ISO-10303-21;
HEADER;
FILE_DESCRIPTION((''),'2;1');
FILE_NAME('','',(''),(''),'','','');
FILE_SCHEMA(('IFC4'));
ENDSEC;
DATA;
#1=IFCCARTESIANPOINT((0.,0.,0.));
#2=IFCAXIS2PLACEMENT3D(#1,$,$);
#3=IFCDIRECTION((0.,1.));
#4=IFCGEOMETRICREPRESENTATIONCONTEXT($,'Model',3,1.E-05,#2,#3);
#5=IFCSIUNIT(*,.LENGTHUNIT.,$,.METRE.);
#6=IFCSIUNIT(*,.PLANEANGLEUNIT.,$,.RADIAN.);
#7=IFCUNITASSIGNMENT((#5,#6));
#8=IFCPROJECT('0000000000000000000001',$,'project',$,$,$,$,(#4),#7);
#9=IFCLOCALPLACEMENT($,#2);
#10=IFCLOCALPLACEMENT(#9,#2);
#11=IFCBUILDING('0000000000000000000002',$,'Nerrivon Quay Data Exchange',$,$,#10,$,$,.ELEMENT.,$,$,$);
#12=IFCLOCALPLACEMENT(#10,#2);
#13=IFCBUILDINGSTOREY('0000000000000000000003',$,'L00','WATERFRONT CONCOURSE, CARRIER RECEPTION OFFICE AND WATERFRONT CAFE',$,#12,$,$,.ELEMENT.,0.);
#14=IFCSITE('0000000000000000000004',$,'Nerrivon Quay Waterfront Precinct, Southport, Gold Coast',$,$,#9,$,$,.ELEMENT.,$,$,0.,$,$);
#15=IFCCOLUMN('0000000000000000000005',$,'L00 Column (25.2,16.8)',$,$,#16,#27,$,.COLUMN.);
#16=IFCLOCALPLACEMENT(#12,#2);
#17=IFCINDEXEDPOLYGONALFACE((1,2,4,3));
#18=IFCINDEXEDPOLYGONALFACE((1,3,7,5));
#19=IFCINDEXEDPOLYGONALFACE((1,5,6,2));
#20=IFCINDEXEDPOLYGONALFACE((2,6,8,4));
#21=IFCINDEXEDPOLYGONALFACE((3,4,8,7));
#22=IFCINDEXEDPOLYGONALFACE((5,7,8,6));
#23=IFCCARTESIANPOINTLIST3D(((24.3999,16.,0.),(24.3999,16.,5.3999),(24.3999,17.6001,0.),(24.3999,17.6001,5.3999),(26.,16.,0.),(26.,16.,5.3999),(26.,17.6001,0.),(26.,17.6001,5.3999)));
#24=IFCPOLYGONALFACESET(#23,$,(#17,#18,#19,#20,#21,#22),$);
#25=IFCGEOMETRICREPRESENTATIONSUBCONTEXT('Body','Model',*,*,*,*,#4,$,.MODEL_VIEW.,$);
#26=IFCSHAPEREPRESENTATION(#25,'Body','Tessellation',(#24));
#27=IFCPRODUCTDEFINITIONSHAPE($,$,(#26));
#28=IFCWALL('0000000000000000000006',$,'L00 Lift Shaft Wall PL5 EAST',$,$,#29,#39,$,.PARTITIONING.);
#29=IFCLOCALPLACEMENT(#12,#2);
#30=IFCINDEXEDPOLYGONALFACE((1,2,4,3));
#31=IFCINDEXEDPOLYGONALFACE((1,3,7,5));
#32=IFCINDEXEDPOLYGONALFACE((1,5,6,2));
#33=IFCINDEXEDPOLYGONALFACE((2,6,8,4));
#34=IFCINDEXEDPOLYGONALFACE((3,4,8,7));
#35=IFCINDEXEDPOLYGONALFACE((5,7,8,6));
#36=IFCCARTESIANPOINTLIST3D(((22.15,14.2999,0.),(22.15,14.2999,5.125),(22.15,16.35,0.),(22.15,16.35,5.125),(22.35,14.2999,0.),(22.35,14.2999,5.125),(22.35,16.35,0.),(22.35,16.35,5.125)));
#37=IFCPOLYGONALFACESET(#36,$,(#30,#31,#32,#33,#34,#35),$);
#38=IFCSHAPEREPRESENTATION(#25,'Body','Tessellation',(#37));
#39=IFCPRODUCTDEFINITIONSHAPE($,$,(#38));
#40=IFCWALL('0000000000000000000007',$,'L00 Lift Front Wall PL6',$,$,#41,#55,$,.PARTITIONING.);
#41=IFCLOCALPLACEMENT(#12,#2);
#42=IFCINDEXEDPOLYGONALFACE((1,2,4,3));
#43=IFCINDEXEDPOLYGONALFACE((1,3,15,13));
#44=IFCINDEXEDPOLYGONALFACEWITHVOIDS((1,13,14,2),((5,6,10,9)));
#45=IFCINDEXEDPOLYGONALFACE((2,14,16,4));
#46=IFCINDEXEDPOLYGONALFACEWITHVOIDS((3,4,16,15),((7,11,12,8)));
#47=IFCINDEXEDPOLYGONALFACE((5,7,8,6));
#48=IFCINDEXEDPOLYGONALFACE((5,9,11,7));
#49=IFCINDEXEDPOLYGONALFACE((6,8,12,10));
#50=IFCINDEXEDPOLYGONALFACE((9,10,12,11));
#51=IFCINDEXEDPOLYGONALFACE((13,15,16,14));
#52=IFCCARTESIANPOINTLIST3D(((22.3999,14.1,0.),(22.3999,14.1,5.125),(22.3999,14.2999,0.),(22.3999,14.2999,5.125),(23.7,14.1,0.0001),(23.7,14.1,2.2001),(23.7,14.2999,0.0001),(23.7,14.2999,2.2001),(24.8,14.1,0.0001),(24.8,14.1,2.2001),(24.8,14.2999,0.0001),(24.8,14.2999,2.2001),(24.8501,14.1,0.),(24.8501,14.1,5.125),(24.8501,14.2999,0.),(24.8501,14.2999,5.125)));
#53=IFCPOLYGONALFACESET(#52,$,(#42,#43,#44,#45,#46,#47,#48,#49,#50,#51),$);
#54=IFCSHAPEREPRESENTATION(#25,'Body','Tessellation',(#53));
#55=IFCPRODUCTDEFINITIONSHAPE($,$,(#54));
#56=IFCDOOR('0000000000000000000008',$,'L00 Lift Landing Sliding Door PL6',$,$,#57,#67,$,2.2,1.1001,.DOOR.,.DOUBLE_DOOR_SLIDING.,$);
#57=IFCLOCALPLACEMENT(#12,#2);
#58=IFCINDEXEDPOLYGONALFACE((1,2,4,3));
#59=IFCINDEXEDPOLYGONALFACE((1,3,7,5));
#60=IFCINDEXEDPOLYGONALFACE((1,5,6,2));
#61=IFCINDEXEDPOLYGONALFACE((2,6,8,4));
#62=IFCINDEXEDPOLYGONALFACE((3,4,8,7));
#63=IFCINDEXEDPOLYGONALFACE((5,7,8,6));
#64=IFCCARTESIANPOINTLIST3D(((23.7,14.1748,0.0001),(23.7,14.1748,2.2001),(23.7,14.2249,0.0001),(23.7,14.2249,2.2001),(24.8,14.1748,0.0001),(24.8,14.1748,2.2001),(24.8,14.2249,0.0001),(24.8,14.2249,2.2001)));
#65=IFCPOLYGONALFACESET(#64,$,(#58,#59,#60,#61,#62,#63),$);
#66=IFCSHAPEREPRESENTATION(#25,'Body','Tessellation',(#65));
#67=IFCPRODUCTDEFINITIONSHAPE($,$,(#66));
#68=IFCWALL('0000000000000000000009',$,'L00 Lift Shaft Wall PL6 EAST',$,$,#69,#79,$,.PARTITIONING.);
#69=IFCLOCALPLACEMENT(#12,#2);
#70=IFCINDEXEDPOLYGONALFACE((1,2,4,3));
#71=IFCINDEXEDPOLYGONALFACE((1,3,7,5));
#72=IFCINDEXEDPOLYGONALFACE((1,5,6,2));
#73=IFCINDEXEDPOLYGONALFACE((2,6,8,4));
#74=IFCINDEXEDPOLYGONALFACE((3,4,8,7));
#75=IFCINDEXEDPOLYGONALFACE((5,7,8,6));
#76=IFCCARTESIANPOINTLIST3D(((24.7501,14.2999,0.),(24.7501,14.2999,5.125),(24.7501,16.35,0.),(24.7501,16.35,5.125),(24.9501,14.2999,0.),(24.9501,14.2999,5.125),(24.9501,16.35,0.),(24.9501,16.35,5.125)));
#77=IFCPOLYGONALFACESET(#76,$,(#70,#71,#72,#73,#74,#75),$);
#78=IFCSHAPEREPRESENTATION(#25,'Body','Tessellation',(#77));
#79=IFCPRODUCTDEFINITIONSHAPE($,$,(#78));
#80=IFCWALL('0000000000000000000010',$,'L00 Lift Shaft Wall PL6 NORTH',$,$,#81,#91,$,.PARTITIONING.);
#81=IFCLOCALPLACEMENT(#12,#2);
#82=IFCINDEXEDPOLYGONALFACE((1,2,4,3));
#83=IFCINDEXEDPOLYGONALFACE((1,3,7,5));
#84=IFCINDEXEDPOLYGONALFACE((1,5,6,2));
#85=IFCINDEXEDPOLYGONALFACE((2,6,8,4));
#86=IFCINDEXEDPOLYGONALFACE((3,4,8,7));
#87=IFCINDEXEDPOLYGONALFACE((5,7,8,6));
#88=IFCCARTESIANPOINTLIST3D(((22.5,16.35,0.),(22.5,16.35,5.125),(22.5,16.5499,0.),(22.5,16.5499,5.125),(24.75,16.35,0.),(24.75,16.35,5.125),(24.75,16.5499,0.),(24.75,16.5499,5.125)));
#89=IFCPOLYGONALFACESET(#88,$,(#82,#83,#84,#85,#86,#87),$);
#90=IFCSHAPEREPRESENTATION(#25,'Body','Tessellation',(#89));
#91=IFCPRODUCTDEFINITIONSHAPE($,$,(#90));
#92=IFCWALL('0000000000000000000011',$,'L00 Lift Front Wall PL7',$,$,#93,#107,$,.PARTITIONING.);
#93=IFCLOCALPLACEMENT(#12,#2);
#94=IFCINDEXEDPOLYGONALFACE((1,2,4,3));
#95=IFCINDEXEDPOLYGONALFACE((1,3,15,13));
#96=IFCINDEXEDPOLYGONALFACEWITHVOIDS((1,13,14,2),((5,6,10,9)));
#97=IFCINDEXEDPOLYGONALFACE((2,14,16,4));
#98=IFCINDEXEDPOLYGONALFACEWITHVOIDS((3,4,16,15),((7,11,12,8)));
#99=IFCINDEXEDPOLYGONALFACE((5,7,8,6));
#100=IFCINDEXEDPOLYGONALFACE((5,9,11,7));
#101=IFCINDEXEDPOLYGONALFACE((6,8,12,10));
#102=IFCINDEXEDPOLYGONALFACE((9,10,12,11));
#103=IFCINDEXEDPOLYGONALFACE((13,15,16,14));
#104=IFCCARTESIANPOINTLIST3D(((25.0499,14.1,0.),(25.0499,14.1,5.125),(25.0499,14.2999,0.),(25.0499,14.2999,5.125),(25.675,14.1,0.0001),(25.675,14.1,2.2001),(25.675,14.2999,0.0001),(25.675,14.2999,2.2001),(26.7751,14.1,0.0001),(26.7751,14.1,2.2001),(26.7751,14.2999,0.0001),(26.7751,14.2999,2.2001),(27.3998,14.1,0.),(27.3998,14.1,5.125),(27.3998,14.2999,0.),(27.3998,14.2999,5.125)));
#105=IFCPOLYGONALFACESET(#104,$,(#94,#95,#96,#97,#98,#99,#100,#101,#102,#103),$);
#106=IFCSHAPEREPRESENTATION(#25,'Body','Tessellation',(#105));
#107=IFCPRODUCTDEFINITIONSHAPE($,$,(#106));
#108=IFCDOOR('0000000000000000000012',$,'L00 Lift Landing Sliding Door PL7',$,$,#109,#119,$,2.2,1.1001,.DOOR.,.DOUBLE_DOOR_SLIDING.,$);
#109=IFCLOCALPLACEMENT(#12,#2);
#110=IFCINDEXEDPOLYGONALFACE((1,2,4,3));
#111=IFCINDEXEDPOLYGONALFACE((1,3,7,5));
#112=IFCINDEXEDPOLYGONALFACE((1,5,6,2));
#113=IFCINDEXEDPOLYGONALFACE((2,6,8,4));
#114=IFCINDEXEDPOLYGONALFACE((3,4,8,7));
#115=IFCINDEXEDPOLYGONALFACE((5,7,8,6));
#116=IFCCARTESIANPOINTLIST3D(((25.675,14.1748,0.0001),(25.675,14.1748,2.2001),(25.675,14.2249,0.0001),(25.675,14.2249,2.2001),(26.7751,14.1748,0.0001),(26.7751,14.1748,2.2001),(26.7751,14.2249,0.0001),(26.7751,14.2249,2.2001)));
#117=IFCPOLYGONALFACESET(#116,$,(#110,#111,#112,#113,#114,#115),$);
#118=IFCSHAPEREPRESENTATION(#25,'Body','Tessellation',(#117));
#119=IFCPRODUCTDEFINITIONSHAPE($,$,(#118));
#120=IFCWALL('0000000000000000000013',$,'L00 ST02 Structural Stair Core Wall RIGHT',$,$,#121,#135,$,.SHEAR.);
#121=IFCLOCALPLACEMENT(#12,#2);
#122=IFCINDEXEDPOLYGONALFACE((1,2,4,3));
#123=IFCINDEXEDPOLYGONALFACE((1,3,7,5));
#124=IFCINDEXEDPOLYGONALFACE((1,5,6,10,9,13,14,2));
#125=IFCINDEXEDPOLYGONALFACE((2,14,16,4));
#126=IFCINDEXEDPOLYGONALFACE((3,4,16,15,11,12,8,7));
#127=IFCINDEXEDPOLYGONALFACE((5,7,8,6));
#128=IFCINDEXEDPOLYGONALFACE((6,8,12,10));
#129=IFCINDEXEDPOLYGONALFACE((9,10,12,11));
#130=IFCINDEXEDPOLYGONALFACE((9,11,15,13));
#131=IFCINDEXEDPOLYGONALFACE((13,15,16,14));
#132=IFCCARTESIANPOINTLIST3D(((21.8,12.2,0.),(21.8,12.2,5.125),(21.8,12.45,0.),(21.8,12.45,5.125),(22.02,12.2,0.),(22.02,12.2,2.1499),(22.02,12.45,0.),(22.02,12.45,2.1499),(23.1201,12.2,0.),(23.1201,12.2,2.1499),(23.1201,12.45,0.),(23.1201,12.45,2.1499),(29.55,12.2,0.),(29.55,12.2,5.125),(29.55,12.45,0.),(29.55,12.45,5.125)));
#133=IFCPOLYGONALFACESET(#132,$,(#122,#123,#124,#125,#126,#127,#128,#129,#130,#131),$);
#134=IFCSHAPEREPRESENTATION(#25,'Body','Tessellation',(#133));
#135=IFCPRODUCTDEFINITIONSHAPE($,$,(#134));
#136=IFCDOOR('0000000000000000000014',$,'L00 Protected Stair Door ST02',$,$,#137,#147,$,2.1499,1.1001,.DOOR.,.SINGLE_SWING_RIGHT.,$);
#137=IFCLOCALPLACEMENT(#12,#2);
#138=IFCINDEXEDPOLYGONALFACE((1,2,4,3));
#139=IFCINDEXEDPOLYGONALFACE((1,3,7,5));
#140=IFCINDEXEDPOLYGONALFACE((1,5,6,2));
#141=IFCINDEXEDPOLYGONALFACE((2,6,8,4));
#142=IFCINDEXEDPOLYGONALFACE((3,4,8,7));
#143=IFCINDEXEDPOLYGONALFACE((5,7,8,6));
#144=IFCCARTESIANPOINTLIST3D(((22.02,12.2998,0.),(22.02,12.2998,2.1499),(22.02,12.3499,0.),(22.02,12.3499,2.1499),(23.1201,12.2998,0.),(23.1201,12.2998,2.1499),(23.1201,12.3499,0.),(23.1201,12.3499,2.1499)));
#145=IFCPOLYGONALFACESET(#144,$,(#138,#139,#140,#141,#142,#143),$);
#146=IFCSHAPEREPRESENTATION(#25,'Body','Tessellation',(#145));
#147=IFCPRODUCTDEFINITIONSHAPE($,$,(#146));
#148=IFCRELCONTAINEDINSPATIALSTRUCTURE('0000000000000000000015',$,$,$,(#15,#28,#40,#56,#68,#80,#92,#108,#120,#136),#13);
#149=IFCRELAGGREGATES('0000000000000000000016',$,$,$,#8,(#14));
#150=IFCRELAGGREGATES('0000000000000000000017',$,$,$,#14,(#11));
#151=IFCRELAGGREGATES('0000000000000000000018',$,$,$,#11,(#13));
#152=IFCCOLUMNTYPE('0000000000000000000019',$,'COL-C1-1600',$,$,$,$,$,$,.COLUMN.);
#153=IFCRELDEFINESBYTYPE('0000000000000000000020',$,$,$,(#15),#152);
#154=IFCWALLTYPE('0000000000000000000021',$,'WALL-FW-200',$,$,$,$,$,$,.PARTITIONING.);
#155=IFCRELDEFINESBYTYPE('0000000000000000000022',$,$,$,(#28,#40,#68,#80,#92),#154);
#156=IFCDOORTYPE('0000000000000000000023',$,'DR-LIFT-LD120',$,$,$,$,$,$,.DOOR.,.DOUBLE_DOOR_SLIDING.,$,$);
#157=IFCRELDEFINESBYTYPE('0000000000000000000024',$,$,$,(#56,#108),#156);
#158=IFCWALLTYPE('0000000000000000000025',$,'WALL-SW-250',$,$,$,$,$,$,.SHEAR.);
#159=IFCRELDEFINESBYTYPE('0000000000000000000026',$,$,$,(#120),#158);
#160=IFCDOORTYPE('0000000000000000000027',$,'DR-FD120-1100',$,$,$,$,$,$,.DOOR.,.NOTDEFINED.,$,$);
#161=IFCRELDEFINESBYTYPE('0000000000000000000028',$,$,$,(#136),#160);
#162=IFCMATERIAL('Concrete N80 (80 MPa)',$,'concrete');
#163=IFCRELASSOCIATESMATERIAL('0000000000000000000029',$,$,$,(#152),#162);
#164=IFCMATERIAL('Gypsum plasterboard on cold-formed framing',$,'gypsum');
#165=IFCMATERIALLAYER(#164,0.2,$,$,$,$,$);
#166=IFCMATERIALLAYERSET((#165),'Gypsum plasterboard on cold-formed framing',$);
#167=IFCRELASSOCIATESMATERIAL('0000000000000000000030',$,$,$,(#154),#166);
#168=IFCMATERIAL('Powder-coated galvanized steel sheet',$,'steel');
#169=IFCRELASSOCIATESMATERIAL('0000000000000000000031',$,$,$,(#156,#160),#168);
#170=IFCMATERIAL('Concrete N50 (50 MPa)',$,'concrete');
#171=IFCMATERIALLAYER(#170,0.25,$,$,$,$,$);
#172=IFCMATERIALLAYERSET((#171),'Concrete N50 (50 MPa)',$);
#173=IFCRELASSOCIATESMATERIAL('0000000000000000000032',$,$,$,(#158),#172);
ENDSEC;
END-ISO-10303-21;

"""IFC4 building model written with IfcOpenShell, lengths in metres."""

from ifc_helpers import new_model, si_unit, direction, frame, frame_2d, origin, origin_2d, place, context, subcontext, project, spatial, rectangle, extrude, material, layer, layer_set, material_profile, profile_set, type_object, element, fill, save


model = new_model("IFC4")

# Units and contexts
model_context = context("Model", 3, precision=1e-05, world=origin(), true_north=direction((0.0, 1.0)))
body_context = subcontext(model_context, "Body", "Model", "MODEL_VIEW")
ifc_project = project(units=[si_unit("LENGTHUNIT", "METRE"), si_unit("PLANEANGLEUNIT", "RADIAN")], contexts=[model_context])

# Site, building, storey
site_placement = place(None, origin())
site = spatial("IfcSite", under=ifc_project, at=site_placement, Name="Nerrivon Quay Waterfront Precinct, Southport, Gold Coast", CompositionType="ELEMENT", RefElevation=0.0)
building_placement = place(site_placement, origin())
building = spatial("IfcBuilding", under=site, at=building_placement, Name="Nerrivon Quay Data Exchange", CompositionType="ELEMENT")
storey_placement = place(building_placement, origin())
storey = spatial("IfcBuildingStorey", under=building, at=storey_placement, Name="L00", Description="WATERFRONT CONCOURSE, CARRIER RECEPTION OFFICE AND WATERFRONT CAFE", CompositionType="ELEMENT", Elevation=0.0)

# Column
ifc_material_1 = material(Name="Concrete N80 (80 MPa)", Category="concrete")
ifc_material_profile = material_profile(ifc_material_1, rectangle(XDim=1.6001, YDim=1.6001, at=origin_2d()), Name="RC-COL-1600x1600")
ifc_profile_set = profile_set([ifc_material_profile], Name="Concrete N80 (80 MPa)")
column_type = type_object("IfcColumnType", Name="COL-C1-1600", PredefinedType="COLUMN", material=ifc_profile_set)
column_placement = place(storey_placement, frame((25.2, 16.8, 0.0), z_axis=(0.0, 0.0, 1.0), x_axis=(1.0, 0.0, 0.0)))
element("IfcColumn", 1, at=column_placement, inside=storey, type_object=column_type, Name="L00 Column (25.2,16.8)", PredefinedType="COLUMN", context=body_context, shape_type="SweptSolid", body=[
    extrude(rectangle(XDim=1.6001, YDim=1.6001, at=origin_2d()), origin(), (0.0, 0.0, 1.0), 5.3999),
])

# Shared definitions
ifc_material_2 = material(Name="Gypsum plasterboard on cold-formed framing", Category="gypsum")
ifc_layer_1 = layer(ifc_material_2, 0.2)
ifc_layer_set_1 = layer_set([ifc_layer_1], Name="Gypsum plasterboard on cold-formed framing")
wall_type_1 = type_object("IfcWallType", Name="WALL-FW-200", PredefinedType="PARTITIONING", material=ifc_layer_set_1)

# Wall
wall_1_placement = place(storey_placement, frame((22.25, 14.3, 0.0), z_axis=(0.0, 0.0, 1.0), x_axis=(0.0, 1.0, 0.0)))
element("IfcWall", 2, at=wall_1_placement, inside=storey, type_object=wall_type_1, Name="L00 Lift Shaft Wall PL5 EAST", PredefinedType="PARTITIONING", context=body_context, shape_type="SweptSolid", body=[
    extrude(rectangle(XDim=2.05, YDim=0.2, at=frame_2d((1.0249, 0.0))), origin(), (0.0, 0.0, 1.0), 5.125),
])

# Wall, opening, door
wall_2_placement = place(storey_placement, frame((22.3999, 14.2, 0.0), z_axis=(0.0, 0.0, 1.0), x_axis=(1.0, 0.0, 0.0)))
wall_2 = element("IfcWall", 3, at=wall_2_placement, inside=storey, type_object=wall_type_1, Name="L00 Lift Front Wall PL6", PredefinedType="PARTITIONING", context=body_context, shape_type="SweptSolid", body=[
    extrude(rectangle(XDim=2.4502, YDim=0.2, at=frame_2d((1.2251, 0.0))), origin(), (0.0, 0.0, 1.0), 5.125),
])
opening_1_placement = place(wall_2_placement, frame((1.3, 0.0, 0.0)))
opening_1 = element("IfcOpeningElement", 4, at=opening_1_placement, cuts=wall_2, PredefinedType="OPENING", context=body_context, shape_type="SweptSolid", body=[
    extrude(rectangle(XDim=1.1001, YDim=2.2, at=frame_2d((0.55, 1.1001))), frame((0.0, 0.1099, 0.0), z_axis=(0.0, -1.0, 0.0), x_axis=(1.0, 0.0, 0.0)), (0.0, 0.0, 1.0), 0.22),
])
ifc_material_3 = material(Name="Powder-coated galvanized steel sheet", Category="steel")
door_type_1 = type_object("IfcDoorType", Name="DR-LIFT-LD120", OperationType="DOUBLE_DOOR_SLIDING", PredefinedType="DOOR", material=ifc_material_3)
door_1_placement = place(opening_1_placement, origin())
door_1 = element("IfcDoor", 5, at=door_1_placement, inside=storey, type_object=door_type_1, Name="L00 Lift Landing Sliding Door PL6", OperationType="DOUBLE_DOOR_SLIDING", OverallHeight=2.2, OverallWidth=1.1001, PredefinedType="DOOR", context=body_context, shape_type="SweptSolid", body=[
    extrude(rectangle(XDim=1.1001, YDim=2.2, at=frame_2d((0.55, 1.1001))), frame((0.0, 0.0249, 0.0), z_axis=(0.0, -1.0, 0.0), x_axis=(1.0, 0.0, 0.0)), (0.0, 0.0, 1.0), 0.05),
])
fill(opening_1, door_1)

# Walls
wall_3_placement = place(storey_placement, frame((24.8501, 14.3, 0.0), z_axis=(0.0, 0.0, 1.0), x_axis=(0.0, 1.0, 0.0)))
element("IfcWall", 6, at=wall_3_placement, inside=storey, type_object=wall_type_1, Name="L00 Lift Shaft Wall PL6 EAST", PredefinedType="PARTITIONING", context=body_context, shape_type="SweptSolid", body=[
    extrude(rectangle(XDim=2.05, YDim=0.2, at=frame_2d((1.0249, 0.0))), origin(), (0.0, 0.0, 1.0), 5.125),
])
wall_4_placement = place(storey_placement, frame((22.5, 16.45, 0.0), z_axis=(0.0, 0.0, 1.0), x_axis=(1.0, 0.0, 0.0)))
element("IfcWall", 7, at=wall_4_placement, inside=storey, type_object=wall_type_1, Name="L00 Lift Shaft Wall PL6 NORTH", PredefinedType="PARTITIONING", context=body_context, shape_type="SweptSolid", body=[
    extrude(rectangle(XDim=2.25, YDim=0.2, at=frame_2d((1.125, 0.0))), origin(), (0.0, 0.0, 1.0), 5.125),
])

# Walls, openings, doors
wall_5_placement = place(storey_placement, frame((25.05, 14.2, 0.0), z_axis=(0.0, 0.0, 1.0), x_axis=(1.0, 0.0, 0.0)))
wall_5 = element("IfcWall", 8, at=wall_5_placement, inside=storey, type_object=wall_type_1, Name="L00 Lift Front Wall PL7", PredefinedType="PARTITIONING", context=body_context, shape_type="SweptSolid", body=[
    extrude(rectangle(XDim=2.3499, YDim=0.2, at=frame_2d((1.1748, 0.0))), origin(), (0.0, 0.0, 1.0), 5.125),
])
opening_2_placement = place(wall_5_placement, frame((0.625, 0.0, 0.0)))
opening_2 = element("IfcOpeningElement", 9, at=opening_2_placement, cuts=wall_5, PredefinedType="OPENING", context=body_context, shape_type="SweptSolid", body=[
    extrude(rectangle(XDim=1.1001, YDim=2.2, at=frame_2d((0.55, 1.1001))), frame((0.0, 0.1099, 0.0), z_axis=(0.0, -1.0, 0.0), x_axis=(1.0, 0.0, 0.0)), (0.0, 0.0, 1.0), 0.22),
])
door_2_placement = place(opening_2_placement, origin())
door_2 = element("IfcDoor", 10, at=door_2_placement, inside=storey, type_object=door_type_1, Name="L00 Lift Landing Sliding Door PL7", OperationType="DOUBLE_DOOR_SLIDING", OverallHeight=2.2, OverallWidth=1.1001, PredefinedType="DOOR", context=body_context, shape_type="SweptSolid", body=[
    extrude(rectangle(XDim=1.1001, YDim=2.2, at=frame_2d((0.55, 1.1001))), frame((0.0, 0.0249, 0.0), z_axis=(0.0, -1.0, 0.0), x_axis=(1.0, 0.0, 0.0)), (0.0, 0.0, 1.0), 0.05),
])
fill(opening_2, door_2)
ifc_material_4 = material(Name="Concrete N50 (50 MPa)", Category="concrete")
ifc_layer_2 = layer(ifc_material_4, 0.25)
ifc_layer_set_2 = layer_set([ifc_layer_2], Name="Concrete N50 (50 MPa)")
wall_type_2 = type_object("IfcWallType", Name="WALL-SW-250", PredefinedType="SHEAR", material=ifc_layer_set_2)
wall_6_placement = place(storey_placement, frame((21.8, 12.325, 0.0), z_axis=(0.0, 0.0, 1.0), x_axis=(1.0, 0.0, 0.0)))
wall_6 = element("IfcWall", 11, at=wall_6_placement, inside=storey, type_object=wall_type_2, Name="L00 ST02 Structural Stair Core Wall RIGHT", PredefinedType="SHEAR", context=body_context, shape_type="SweptSolid", body=[
    extrude(rectangle(XDim=7.75, YDim=0.25, at=frame_2d((3.875, 0.0))), origin(), (0.0, 0.0, 1.0), 5.125),
])
opening_3_placement = place(wall_6_placement, frame((0.22, 0.0, 0.0)))
opening_3 = element("IfcOpeningElement", 12, at=opening_3_placement, cuts=wall_6, PredefinedType="OPENING", context=body_context, shape_type="SweptSolid", body=[
    extrude(rectangle(XDim=1.1001, YDim=2.1499, at=frame_2d((0.55, 1.075))), frame((0.0, 0.135, 0.0), z_axis=(0.0, -1.0, 0.0), x_axis=(1.0, 0.0, 0.0)), (0.0, 0.0, 1.0), 0.27),
])
door_type_2 = type_object("IfcDoorType", Name="DR-FD120-1100", OperationType="NOTDEFINED", PredefinedType="DOOR", material=ifc_material_3)
door_3_placement = place(opening_3_placement, origin())
door_3 = element("IfcDoor", 13, at=door_3_placement, inside=storey, type_object=door_type_2, Name="L00 Protected Stair Door ST02", OperationType="SINGLE_SWING_RIGHT", OverallHeight=2.1499, OverallWidth=1.1001, PredefinedType="DOOR", context=body_context, shape_type="SweptSolid", body=[
    extrude(rectangle(XDim=1.1001, YDim=2.1499, at=frame_2d((0.55, 1.075))), frame((0.0, 0.0249, 0.0), z_axis=(0.0, -1.0, 0.0), x_axis=(1.0, 0.0, 0.0)), (0.0, 0.0, 1.0), 0.05),
])
fill(opening_3, door_3)

save(model, "model.ifc")
